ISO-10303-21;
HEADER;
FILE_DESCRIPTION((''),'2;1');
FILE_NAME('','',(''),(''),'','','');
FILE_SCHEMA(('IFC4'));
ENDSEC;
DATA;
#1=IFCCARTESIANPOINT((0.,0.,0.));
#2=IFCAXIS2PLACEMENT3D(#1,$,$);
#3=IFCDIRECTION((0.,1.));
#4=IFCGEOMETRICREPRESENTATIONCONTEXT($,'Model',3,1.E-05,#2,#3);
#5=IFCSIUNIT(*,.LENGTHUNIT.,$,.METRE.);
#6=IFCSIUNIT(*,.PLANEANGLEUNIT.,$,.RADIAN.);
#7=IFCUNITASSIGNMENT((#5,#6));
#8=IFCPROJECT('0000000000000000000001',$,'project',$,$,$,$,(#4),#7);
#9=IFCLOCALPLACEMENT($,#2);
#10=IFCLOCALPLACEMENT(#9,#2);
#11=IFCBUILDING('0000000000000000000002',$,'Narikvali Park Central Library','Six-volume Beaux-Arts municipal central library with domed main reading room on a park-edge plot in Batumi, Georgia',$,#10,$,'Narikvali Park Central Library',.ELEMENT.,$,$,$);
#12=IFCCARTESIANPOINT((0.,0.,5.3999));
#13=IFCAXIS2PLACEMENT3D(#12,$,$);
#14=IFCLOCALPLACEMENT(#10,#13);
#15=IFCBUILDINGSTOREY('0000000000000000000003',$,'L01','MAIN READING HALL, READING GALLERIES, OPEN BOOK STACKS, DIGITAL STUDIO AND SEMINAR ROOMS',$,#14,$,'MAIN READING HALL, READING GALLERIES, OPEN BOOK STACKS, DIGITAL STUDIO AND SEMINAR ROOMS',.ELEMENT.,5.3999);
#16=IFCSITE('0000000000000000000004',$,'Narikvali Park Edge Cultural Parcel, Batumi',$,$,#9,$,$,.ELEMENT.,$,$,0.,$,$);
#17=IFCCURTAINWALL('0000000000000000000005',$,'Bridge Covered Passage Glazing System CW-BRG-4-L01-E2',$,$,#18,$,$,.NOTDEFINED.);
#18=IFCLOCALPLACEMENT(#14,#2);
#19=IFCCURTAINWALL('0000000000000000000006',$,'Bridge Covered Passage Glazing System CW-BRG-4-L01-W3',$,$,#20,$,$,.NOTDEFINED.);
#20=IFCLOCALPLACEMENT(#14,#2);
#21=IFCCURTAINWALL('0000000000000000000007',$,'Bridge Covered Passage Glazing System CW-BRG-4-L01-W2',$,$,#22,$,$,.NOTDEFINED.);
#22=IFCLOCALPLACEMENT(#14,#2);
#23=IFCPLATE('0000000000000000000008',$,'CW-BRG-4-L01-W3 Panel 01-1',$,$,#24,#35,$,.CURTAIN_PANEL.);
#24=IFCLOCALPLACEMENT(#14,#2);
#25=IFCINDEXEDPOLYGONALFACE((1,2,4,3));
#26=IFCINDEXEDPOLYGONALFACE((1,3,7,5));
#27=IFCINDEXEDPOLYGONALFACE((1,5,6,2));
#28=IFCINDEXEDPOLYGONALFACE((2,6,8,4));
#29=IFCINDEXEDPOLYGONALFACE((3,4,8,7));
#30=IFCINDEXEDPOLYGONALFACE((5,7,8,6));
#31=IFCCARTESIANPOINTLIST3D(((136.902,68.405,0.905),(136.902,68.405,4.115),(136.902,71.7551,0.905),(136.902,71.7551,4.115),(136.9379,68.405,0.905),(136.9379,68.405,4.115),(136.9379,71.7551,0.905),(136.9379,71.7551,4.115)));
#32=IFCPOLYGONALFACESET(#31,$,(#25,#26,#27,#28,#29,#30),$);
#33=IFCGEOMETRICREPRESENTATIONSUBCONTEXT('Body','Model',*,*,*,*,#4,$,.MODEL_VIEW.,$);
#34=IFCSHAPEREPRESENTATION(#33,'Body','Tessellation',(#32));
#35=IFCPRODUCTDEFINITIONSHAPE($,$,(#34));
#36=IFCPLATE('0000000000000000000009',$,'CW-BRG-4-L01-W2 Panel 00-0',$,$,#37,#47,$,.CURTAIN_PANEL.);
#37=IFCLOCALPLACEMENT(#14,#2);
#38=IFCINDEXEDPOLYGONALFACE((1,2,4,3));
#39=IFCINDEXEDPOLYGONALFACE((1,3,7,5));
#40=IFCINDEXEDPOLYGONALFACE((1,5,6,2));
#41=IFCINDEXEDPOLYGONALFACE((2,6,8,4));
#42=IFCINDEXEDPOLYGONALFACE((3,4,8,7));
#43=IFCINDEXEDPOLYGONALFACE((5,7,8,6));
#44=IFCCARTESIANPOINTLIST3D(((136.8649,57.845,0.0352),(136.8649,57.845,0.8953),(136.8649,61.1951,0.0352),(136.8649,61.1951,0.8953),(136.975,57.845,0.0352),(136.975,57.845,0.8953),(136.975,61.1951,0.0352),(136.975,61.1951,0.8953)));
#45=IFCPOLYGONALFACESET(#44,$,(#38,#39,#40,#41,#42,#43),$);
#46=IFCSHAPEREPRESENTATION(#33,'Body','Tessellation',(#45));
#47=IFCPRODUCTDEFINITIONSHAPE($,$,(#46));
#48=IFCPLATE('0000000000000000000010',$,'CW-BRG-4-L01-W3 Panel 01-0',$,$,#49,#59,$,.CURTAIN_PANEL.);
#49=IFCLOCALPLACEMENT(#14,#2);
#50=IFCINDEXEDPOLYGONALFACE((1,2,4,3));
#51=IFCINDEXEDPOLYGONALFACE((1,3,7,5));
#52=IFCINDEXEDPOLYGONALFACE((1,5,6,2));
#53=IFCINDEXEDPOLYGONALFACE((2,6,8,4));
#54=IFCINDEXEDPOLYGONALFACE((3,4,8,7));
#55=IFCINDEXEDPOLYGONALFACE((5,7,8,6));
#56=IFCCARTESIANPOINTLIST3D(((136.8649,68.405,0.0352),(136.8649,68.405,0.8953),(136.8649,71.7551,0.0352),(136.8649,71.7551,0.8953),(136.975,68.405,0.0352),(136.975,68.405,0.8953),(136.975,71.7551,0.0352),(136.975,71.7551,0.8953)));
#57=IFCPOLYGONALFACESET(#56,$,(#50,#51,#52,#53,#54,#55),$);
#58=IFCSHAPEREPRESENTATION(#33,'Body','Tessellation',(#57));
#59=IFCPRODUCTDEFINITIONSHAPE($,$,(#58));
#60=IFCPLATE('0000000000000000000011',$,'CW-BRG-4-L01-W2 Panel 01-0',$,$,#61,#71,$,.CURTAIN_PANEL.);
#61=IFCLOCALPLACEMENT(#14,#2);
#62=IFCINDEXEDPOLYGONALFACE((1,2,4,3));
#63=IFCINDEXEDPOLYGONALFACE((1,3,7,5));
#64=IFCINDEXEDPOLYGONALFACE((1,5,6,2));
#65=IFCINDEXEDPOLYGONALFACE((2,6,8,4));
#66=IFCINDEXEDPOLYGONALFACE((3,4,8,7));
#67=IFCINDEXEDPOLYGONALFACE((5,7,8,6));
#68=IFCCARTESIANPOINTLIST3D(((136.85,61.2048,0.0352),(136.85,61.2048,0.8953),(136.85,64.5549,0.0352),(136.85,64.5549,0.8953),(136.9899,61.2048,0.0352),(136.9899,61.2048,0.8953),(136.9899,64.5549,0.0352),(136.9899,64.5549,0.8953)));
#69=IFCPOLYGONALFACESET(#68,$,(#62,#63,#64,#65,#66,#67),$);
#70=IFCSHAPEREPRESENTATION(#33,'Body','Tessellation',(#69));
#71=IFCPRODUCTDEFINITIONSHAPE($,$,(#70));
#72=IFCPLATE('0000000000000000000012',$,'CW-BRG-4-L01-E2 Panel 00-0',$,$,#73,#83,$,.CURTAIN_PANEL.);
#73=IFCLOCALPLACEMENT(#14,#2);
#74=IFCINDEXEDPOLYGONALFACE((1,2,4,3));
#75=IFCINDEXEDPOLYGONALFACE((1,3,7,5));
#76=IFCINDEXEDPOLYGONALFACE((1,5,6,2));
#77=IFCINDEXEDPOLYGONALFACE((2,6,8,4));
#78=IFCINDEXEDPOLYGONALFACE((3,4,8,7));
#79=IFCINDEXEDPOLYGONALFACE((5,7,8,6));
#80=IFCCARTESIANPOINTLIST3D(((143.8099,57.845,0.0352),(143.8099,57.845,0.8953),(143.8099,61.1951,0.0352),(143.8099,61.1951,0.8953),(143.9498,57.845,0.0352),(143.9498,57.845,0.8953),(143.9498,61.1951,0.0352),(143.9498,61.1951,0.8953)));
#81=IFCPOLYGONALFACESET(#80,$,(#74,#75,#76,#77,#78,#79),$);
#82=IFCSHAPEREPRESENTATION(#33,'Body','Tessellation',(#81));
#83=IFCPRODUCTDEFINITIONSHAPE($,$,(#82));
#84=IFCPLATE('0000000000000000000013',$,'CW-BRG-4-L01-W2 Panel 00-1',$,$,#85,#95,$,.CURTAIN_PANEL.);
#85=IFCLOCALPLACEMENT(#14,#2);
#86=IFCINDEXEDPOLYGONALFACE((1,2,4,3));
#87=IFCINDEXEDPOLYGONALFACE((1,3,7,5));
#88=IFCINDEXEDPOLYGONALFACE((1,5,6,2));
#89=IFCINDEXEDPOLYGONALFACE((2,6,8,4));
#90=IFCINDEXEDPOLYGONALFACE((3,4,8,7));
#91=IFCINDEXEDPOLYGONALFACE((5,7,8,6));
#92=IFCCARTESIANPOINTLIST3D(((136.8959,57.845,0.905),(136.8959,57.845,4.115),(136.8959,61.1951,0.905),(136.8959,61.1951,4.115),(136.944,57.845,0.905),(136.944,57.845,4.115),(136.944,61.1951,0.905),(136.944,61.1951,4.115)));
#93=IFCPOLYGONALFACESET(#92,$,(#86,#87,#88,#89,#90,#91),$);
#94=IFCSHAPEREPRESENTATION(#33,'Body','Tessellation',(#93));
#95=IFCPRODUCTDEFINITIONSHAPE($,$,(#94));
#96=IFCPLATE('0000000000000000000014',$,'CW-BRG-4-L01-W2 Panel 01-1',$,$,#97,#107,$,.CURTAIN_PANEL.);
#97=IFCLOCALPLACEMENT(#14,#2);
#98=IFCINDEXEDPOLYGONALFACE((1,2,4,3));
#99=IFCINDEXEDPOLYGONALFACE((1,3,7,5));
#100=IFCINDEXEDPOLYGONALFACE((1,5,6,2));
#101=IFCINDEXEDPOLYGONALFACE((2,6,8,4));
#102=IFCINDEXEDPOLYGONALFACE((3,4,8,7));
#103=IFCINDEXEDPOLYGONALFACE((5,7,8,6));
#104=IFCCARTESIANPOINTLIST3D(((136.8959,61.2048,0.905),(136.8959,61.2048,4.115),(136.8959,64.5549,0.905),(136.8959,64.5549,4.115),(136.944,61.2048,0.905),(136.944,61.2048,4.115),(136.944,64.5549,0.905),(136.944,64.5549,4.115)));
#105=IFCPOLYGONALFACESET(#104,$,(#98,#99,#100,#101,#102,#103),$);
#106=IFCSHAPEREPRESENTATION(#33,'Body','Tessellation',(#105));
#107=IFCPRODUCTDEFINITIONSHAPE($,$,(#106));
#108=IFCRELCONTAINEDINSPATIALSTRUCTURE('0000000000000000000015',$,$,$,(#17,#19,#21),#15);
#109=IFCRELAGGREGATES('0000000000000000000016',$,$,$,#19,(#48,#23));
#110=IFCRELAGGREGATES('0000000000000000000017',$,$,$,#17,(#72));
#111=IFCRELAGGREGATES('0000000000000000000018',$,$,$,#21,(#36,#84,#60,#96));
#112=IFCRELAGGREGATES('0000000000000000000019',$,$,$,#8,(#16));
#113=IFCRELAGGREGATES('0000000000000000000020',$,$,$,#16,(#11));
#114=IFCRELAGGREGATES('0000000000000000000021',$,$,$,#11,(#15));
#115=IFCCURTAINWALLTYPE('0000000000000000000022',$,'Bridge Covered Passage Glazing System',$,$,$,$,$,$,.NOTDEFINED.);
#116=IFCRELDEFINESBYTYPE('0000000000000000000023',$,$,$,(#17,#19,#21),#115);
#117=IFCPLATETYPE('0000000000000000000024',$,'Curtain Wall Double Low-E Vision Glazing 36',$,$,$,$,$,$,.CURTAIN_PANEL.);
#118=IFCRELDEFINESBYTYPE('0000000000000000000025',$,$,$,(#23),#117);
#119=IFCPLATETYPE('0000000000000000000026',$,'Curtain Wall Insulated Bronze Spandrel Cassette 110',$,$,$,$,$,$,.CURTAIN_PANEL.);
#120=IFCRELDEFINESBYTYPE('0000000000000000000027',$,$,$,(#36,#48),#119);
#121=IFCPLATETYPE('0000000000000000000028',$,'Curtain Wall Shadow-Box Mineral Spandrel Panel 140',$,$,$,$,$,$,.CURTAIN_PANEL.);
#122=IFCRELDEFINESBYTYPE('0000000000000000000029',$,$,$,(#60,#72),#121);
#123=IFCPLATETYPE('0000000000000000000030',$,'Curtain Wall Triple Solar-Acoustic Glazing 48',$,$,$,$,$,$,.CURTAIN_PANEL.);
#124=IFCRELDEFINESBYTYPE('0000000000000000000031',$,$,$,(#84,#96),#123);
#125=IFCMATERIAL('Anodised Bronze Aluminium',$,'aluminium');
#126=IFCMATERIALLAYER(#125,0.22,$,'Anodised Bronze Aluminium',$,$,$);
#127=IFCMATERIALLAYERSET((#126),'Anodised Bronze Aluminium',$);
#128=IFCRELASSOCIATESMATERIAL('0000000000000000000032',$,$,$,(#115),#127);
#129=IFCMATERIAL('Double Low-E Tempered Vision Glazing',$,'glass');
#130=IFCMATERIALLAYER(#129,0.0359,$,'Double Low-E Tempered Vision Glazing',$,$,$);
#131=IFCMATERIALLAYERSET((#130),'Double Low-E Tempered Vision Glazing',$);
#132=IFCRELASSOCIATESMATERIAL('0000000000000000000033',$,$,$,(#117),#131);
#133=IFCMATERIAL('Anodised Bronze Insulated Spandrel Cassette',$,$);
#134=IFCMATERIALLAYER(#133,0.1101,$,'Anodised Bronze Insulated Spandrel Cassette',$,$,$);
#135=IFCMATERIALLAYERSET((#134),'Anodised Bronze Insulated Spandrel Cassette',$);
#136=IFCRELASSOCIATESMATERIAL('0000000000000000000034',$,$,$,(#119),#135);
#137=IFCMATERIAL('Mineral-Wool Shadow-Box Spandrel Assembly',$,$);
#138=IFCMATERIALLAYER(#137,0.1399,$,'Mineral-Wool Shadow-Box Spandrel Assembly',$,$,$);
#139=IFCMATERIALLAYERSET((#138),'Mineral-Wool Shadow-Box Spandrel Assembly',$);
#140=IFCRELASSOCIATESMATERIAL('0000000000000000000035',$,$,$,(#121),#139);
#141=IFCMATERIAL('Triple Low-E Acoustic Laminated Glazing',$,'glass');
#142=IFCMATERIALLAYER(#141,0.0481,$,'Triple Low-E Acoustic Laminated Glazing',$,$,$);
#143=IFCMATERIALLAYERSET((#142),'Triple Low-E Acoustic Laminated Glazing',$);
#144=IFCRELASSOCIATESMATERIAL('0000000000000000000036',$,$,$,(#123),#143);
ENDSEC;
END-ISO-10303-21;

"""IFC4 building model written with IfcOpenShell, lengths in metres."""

from ifc_helpers import new_model, si_unit, direction, frame, origin, origin_2d, place, context, subcontext, project, spatial, rectangle, extrude, material, layer, layer_set, type_object, element, aggregate, save


model = new_model("IFC4")

# Units and contexts
model_context = context("Model", 3, precision=1e-05, world=origin(), true_north=direction((0.0, 1.0)))
body_context = subcontext(model_context, "Body", "Model", "MODEL_VIEW")
ifc_project = project(units=[si_unit("LENGTHUNIT", "METRE"), si_unit("PLANEANGLEUNIT", "RADIAN")], contexts=[model_context])

# Site, building, storey
site_placement = place(None, origin())
site = spatial("IfcSite", under=ifc_project, at=site_placement, Name="Narikvali Park Edge Cultural Parcel, Batumi", CompositionType="ELEMENT", RefElevation=0.0)
building_placement = place(site_placement, origin())
building = spatial("IfcBuilding", under=site, at=building_placement, Name="Narikvali Park Central Library", Description="Six-volume Beaux-Arts municipal central library with domed main reading room on a park-edge plot in Batumi, Georgia", LongName="Narikvali Park Central Library", CompositionType="ELEMENT")
storey_placement = place(building_placement, frame((0.0, 0.0, 5.3999)))
storey = spatial("IfcBuildingStorey", under=building, at=storey_placement, Name="L01", Description="MAIN READING HALL, READING GALLERIES, OPEN BOOK STACKS, DIGITAL STUDIO AND SEMINAR ROOMS", LongName="MAIN READING HALL, READING GALLERIES, OPEN BOOK STACKS, DIGITAL STUDIO AND SEMINAR ROOMS", CompositionType="ELEMENT", Elevation=5.3999)

# Curtain wall
ifc_material_1 = material(Name="Anodised Bronze Aluminium", Category="aluminium")
ifc_layer_1 = layer(ifc_material_1, 0.22, Name="Anodised Bronze Aluminium")
ifc_layer_set_1 = layer_set([ifc_layer_1], Name="Anodised Bronze Aluminium")
curtain_wall_type = type_object("IfcCurtainWallType", Name="Bridge Covered Passage Glazing System", PredefinedType="NOTDEFINED", material=ifc_layer_set_1)
curtain_wall_1_placement = place(storey_placement, origin())
curtain_wall_1 = element("IfcCurtainWall", 1, at=curtain_wall_1_placement, inside=storey, type_object=curtain_wall_type, Name="Bridge Covered Passage Glazing System CW-BRG-4-L01-E2", PredefinedType="NOTDEFINED")

# Curtain wall
curtain_wall_2_placement = place(storey_placement, origin())
curtain_wall_2 = element("IfcCurtainWall", 2, at=curtain_wall_2_placement, inside=storey, type_object=curtain_wall_type, Name="Bridge Covered Passage Glazing System CW-BRG-4-L01-W3", PredefinedType="NOTDEFINED")

# Curtain wall
curtain_wall_3_placement = place(storey_placement, origin())
curtain_wall_3 = element("IfcCurtainWall", 3, at=curtain_wall_3_placement, inside=storey, type_object=curtain_wall_type, Name="Bridge Covered Passage Glazing System CW-BRG-4-L01-W2", PredefinedType="NOTDEFINED")

# Plates
ifc_material_2 = material(Name="Double Low-E Tempered Vision Glazing", Category="glass")
ifc_layer_2 = layer(ifc_material_2, 0.0359, Name="Double Low-E Tempered Vision Glazing")
ifc_layer_set_2 = layer_set([ifc_layer_2], Name="Double Low-E Tempered Vision Glazing")
plate_type_1 = type_object("IfcPlateType", Name="Curtain Wall Double Low-E Vision Glazing 36", PredefinedType="CURTAIN_PANEL", material=ifc_layer_set_2)
plate_1_placement = place(storey_placement, frame((136.9199, 70.0801, 0.905), z_axis=(0.0, 0.0, 1.0), x_axis=(0.0, 1.0, 0.0)))
plate_1 = element("IfcPlate", 4, at=plate_1_placement, type_object=plate_type_1, Name="CW-BRG-4-L01-W3 Panel 01-1", PredefinedType="CURTAIN_PANEL", context=body_context, shape_type="SweptSolid", body=[
    extrude(rectangle(XDim=3.3501, YDim=0.0359, at=origin_2d()), origin(), (0.0, 0.0, 1.0), 3.21),
])
ifc_material_3 = material(Name="Anodised Bronze Insulated Spandrel Cassette")
ifc_layer_3 = layer(ifc_material_3, 0.1101, Name="Anodised Bronze Insulated Spandrel Cassette")
ifc_layer_set_3 = layer_set([ifc_layer_3], Name="Anodised Bronze Insulated Spandrel Cassette")
plate_type_2 = type_object("IfcPlateType", Name="Curtain Wall Insulated Bronze Spandrel Cassette 110", PredefinedType="CURTAIN_PANEL", material=ifc_layer_set_3)
plate_2_placement = place(storey_placement, frame((136.9199, 59.52, 0.0352), z_axis=(0.0, 0.0, 1.0), x_axis=(0.0, 1.0, 0.0)))
plate_2 = element("IfcPlate", 5, at=plate_2_placement, type_object=plate_type_2, Name="CW-BRG-4-L01-W2 Panel 00-0", PredefinedType="CURTAIN_PANEL", context=body_context, shape_type="SweptSolid", body=[
    extrude(rectangle(XDim=3.3501, YDim=0.1101, at=origin_2d()), origin(), (0.0, 0.0, 1.0), 0.8601),
])
plate_3_placement = place(storey_placement, frame((136.9199, 70.0801, 0.0352), z_axis=(0.0, 0.0, 1.0), x_axis=(0.0, 1.0, 0.0)))
plate_3 = element("IfcPlate", 6, at=plate_3_placement, type_object=plate_type_2, Name="CW-BRG-4-L01-W3 Panel 01-0", PredefinedType="CURTAIN_PANEL", context=body_context, shape_type="SweptSolid", body=[
    extrude(rectangle(XDim=3.3501, YDim=0.1101, at=origin_2d()), origin(), (0.0, 0.0, 1.0), 0.8601),
])
aggregate(curtain_wall_2, [plate_3, plate_1])
ifc_material_4 = material(Name="Mineral-Wool Shadow-Box Spandrel Assembly")
ifc_layer_4 = layer(ifc_material_4, 0.1399, Name="Mineral-Wool Shadow-Box Spandrel Assembly")
ifc_layer_set_4 = layer_set([ifc_layer_4], Name="Mineral-Wool Shadow-Box Spandrel Assembly")
plate_type_3 = type_object("IfcPlateType", Name="Curtain Wall Shadow-Box Mineral Spandrel Panel 140", PredefinedType="CURTAIN_PANEL", material=ifc_layer_set_4)
plate_4_placement = place(storey_placement, frame((136.9199, 62.8799, 0.0352), z_axis=(0.0, 0.0, 1.0), x_axis=(0.0, 1.0, 0.0)))
plate_4 = element("IfcPlate", 7, at=plate_4_placement, type_object=plate_type_3, Name="CW-BRG-4-L01-W2 Panel 01-0", PredefinedType="CURTAIN_PANEL", context=body_context, shape_type="SweptSolid", body=[
    extrude(rectangle(XDim=3.3501, YDim=0.1399, at=origin_2d()), origin(), (0.0, 0.0, 1.0), 0.8601),
])
plate_5_placement = place(storey_placement, frame((143.8799, 59.52, 0.0352), z_axis=(0.0, 0.0, 1.0), x_axis=(0.0, 1.0, 0.0)))
plate_5 = element("IfcPlate", 8, at=plate_5_placement, type_object=plate_type_3, Name="CW-BRG-4-L01-E2 Panel 00-0", PredefinedType="CURTAIN_PANEL", context=body_context, shape_type="SweptSolid", body=[
    extrude(rectangle(XDim=3.3501, YDim=0.1399, at=origin_2d()), origin(), (0.0, 0.0, 1.0), 0.8601),
])
aggregate(curtain_wall_1, [plate_5])
ifc_material_5 = material(Name="Triple Low-E Acoustic Laminated Glazing", Category="glass")
ifc_layer_5 = layer(ifc_material_5, 0.0481, Name="Triple Low-E Acoustic Laminated Glazing")
ifc_layer_set_5 = layer_set([ifc_layer_5], Name="Triple Low-E Acoustic Laminated Glazing")
plate_type_4 = type_object("IfcPlateType", Name="Curtain Wall Triple Solar-Acoustic Glazing 48", PredefinedType="CURTAIN_PANEL", material=ifc_layer_set_5)
plate_6_placement = place(storey_placement, frame((136.9199, 59.52, 0.905), z_axis=(0.0, 0.0, 1.0), x_axis=(0.0, 1.0, 0.0)))
plate_6 = element("IfcPlate", 9, at=plate_6_placement, type_object=plate_type_4, Name="CW-BRG-4-L01-W2 Panel 00-1", PredefinedType="CURTAIN_PANEL", context=body_context, shape_type="SweptSolid", body=[
    extrude(rectangle(XDim=3.3501, YDim=0.0481, at=origin_2d()), origin(), (0.0, 0.0, 1.0), 3.21),
])
plate_7_placement = place(storey_placement, frame((136.9199, 62.8799, 0.905), z_axis=(0.0, 0.0, 1.0), x_axis=(0.0, 1.0, 0.0)))
plate_7 = element("IfcPlate", 10, at=plate_7_placement, type_object=plate_type_4, Name="CW-BRG-4-L01-W2 Panel 01-1", PredefinedType="CURTAIN_PANEL", context=body_context, shape_type="SweptSolid", body=[
    extrude(rectangle(XDim=3.3501, YDim=0.0481, at=origin_2d()), origin(), (0.0, 0.0, 1.0), 3.21),
])
aggregate(curtain_wall_3, [plate_2, plate_6, plate_4, plate_7])

save(model, "model.ifc")
